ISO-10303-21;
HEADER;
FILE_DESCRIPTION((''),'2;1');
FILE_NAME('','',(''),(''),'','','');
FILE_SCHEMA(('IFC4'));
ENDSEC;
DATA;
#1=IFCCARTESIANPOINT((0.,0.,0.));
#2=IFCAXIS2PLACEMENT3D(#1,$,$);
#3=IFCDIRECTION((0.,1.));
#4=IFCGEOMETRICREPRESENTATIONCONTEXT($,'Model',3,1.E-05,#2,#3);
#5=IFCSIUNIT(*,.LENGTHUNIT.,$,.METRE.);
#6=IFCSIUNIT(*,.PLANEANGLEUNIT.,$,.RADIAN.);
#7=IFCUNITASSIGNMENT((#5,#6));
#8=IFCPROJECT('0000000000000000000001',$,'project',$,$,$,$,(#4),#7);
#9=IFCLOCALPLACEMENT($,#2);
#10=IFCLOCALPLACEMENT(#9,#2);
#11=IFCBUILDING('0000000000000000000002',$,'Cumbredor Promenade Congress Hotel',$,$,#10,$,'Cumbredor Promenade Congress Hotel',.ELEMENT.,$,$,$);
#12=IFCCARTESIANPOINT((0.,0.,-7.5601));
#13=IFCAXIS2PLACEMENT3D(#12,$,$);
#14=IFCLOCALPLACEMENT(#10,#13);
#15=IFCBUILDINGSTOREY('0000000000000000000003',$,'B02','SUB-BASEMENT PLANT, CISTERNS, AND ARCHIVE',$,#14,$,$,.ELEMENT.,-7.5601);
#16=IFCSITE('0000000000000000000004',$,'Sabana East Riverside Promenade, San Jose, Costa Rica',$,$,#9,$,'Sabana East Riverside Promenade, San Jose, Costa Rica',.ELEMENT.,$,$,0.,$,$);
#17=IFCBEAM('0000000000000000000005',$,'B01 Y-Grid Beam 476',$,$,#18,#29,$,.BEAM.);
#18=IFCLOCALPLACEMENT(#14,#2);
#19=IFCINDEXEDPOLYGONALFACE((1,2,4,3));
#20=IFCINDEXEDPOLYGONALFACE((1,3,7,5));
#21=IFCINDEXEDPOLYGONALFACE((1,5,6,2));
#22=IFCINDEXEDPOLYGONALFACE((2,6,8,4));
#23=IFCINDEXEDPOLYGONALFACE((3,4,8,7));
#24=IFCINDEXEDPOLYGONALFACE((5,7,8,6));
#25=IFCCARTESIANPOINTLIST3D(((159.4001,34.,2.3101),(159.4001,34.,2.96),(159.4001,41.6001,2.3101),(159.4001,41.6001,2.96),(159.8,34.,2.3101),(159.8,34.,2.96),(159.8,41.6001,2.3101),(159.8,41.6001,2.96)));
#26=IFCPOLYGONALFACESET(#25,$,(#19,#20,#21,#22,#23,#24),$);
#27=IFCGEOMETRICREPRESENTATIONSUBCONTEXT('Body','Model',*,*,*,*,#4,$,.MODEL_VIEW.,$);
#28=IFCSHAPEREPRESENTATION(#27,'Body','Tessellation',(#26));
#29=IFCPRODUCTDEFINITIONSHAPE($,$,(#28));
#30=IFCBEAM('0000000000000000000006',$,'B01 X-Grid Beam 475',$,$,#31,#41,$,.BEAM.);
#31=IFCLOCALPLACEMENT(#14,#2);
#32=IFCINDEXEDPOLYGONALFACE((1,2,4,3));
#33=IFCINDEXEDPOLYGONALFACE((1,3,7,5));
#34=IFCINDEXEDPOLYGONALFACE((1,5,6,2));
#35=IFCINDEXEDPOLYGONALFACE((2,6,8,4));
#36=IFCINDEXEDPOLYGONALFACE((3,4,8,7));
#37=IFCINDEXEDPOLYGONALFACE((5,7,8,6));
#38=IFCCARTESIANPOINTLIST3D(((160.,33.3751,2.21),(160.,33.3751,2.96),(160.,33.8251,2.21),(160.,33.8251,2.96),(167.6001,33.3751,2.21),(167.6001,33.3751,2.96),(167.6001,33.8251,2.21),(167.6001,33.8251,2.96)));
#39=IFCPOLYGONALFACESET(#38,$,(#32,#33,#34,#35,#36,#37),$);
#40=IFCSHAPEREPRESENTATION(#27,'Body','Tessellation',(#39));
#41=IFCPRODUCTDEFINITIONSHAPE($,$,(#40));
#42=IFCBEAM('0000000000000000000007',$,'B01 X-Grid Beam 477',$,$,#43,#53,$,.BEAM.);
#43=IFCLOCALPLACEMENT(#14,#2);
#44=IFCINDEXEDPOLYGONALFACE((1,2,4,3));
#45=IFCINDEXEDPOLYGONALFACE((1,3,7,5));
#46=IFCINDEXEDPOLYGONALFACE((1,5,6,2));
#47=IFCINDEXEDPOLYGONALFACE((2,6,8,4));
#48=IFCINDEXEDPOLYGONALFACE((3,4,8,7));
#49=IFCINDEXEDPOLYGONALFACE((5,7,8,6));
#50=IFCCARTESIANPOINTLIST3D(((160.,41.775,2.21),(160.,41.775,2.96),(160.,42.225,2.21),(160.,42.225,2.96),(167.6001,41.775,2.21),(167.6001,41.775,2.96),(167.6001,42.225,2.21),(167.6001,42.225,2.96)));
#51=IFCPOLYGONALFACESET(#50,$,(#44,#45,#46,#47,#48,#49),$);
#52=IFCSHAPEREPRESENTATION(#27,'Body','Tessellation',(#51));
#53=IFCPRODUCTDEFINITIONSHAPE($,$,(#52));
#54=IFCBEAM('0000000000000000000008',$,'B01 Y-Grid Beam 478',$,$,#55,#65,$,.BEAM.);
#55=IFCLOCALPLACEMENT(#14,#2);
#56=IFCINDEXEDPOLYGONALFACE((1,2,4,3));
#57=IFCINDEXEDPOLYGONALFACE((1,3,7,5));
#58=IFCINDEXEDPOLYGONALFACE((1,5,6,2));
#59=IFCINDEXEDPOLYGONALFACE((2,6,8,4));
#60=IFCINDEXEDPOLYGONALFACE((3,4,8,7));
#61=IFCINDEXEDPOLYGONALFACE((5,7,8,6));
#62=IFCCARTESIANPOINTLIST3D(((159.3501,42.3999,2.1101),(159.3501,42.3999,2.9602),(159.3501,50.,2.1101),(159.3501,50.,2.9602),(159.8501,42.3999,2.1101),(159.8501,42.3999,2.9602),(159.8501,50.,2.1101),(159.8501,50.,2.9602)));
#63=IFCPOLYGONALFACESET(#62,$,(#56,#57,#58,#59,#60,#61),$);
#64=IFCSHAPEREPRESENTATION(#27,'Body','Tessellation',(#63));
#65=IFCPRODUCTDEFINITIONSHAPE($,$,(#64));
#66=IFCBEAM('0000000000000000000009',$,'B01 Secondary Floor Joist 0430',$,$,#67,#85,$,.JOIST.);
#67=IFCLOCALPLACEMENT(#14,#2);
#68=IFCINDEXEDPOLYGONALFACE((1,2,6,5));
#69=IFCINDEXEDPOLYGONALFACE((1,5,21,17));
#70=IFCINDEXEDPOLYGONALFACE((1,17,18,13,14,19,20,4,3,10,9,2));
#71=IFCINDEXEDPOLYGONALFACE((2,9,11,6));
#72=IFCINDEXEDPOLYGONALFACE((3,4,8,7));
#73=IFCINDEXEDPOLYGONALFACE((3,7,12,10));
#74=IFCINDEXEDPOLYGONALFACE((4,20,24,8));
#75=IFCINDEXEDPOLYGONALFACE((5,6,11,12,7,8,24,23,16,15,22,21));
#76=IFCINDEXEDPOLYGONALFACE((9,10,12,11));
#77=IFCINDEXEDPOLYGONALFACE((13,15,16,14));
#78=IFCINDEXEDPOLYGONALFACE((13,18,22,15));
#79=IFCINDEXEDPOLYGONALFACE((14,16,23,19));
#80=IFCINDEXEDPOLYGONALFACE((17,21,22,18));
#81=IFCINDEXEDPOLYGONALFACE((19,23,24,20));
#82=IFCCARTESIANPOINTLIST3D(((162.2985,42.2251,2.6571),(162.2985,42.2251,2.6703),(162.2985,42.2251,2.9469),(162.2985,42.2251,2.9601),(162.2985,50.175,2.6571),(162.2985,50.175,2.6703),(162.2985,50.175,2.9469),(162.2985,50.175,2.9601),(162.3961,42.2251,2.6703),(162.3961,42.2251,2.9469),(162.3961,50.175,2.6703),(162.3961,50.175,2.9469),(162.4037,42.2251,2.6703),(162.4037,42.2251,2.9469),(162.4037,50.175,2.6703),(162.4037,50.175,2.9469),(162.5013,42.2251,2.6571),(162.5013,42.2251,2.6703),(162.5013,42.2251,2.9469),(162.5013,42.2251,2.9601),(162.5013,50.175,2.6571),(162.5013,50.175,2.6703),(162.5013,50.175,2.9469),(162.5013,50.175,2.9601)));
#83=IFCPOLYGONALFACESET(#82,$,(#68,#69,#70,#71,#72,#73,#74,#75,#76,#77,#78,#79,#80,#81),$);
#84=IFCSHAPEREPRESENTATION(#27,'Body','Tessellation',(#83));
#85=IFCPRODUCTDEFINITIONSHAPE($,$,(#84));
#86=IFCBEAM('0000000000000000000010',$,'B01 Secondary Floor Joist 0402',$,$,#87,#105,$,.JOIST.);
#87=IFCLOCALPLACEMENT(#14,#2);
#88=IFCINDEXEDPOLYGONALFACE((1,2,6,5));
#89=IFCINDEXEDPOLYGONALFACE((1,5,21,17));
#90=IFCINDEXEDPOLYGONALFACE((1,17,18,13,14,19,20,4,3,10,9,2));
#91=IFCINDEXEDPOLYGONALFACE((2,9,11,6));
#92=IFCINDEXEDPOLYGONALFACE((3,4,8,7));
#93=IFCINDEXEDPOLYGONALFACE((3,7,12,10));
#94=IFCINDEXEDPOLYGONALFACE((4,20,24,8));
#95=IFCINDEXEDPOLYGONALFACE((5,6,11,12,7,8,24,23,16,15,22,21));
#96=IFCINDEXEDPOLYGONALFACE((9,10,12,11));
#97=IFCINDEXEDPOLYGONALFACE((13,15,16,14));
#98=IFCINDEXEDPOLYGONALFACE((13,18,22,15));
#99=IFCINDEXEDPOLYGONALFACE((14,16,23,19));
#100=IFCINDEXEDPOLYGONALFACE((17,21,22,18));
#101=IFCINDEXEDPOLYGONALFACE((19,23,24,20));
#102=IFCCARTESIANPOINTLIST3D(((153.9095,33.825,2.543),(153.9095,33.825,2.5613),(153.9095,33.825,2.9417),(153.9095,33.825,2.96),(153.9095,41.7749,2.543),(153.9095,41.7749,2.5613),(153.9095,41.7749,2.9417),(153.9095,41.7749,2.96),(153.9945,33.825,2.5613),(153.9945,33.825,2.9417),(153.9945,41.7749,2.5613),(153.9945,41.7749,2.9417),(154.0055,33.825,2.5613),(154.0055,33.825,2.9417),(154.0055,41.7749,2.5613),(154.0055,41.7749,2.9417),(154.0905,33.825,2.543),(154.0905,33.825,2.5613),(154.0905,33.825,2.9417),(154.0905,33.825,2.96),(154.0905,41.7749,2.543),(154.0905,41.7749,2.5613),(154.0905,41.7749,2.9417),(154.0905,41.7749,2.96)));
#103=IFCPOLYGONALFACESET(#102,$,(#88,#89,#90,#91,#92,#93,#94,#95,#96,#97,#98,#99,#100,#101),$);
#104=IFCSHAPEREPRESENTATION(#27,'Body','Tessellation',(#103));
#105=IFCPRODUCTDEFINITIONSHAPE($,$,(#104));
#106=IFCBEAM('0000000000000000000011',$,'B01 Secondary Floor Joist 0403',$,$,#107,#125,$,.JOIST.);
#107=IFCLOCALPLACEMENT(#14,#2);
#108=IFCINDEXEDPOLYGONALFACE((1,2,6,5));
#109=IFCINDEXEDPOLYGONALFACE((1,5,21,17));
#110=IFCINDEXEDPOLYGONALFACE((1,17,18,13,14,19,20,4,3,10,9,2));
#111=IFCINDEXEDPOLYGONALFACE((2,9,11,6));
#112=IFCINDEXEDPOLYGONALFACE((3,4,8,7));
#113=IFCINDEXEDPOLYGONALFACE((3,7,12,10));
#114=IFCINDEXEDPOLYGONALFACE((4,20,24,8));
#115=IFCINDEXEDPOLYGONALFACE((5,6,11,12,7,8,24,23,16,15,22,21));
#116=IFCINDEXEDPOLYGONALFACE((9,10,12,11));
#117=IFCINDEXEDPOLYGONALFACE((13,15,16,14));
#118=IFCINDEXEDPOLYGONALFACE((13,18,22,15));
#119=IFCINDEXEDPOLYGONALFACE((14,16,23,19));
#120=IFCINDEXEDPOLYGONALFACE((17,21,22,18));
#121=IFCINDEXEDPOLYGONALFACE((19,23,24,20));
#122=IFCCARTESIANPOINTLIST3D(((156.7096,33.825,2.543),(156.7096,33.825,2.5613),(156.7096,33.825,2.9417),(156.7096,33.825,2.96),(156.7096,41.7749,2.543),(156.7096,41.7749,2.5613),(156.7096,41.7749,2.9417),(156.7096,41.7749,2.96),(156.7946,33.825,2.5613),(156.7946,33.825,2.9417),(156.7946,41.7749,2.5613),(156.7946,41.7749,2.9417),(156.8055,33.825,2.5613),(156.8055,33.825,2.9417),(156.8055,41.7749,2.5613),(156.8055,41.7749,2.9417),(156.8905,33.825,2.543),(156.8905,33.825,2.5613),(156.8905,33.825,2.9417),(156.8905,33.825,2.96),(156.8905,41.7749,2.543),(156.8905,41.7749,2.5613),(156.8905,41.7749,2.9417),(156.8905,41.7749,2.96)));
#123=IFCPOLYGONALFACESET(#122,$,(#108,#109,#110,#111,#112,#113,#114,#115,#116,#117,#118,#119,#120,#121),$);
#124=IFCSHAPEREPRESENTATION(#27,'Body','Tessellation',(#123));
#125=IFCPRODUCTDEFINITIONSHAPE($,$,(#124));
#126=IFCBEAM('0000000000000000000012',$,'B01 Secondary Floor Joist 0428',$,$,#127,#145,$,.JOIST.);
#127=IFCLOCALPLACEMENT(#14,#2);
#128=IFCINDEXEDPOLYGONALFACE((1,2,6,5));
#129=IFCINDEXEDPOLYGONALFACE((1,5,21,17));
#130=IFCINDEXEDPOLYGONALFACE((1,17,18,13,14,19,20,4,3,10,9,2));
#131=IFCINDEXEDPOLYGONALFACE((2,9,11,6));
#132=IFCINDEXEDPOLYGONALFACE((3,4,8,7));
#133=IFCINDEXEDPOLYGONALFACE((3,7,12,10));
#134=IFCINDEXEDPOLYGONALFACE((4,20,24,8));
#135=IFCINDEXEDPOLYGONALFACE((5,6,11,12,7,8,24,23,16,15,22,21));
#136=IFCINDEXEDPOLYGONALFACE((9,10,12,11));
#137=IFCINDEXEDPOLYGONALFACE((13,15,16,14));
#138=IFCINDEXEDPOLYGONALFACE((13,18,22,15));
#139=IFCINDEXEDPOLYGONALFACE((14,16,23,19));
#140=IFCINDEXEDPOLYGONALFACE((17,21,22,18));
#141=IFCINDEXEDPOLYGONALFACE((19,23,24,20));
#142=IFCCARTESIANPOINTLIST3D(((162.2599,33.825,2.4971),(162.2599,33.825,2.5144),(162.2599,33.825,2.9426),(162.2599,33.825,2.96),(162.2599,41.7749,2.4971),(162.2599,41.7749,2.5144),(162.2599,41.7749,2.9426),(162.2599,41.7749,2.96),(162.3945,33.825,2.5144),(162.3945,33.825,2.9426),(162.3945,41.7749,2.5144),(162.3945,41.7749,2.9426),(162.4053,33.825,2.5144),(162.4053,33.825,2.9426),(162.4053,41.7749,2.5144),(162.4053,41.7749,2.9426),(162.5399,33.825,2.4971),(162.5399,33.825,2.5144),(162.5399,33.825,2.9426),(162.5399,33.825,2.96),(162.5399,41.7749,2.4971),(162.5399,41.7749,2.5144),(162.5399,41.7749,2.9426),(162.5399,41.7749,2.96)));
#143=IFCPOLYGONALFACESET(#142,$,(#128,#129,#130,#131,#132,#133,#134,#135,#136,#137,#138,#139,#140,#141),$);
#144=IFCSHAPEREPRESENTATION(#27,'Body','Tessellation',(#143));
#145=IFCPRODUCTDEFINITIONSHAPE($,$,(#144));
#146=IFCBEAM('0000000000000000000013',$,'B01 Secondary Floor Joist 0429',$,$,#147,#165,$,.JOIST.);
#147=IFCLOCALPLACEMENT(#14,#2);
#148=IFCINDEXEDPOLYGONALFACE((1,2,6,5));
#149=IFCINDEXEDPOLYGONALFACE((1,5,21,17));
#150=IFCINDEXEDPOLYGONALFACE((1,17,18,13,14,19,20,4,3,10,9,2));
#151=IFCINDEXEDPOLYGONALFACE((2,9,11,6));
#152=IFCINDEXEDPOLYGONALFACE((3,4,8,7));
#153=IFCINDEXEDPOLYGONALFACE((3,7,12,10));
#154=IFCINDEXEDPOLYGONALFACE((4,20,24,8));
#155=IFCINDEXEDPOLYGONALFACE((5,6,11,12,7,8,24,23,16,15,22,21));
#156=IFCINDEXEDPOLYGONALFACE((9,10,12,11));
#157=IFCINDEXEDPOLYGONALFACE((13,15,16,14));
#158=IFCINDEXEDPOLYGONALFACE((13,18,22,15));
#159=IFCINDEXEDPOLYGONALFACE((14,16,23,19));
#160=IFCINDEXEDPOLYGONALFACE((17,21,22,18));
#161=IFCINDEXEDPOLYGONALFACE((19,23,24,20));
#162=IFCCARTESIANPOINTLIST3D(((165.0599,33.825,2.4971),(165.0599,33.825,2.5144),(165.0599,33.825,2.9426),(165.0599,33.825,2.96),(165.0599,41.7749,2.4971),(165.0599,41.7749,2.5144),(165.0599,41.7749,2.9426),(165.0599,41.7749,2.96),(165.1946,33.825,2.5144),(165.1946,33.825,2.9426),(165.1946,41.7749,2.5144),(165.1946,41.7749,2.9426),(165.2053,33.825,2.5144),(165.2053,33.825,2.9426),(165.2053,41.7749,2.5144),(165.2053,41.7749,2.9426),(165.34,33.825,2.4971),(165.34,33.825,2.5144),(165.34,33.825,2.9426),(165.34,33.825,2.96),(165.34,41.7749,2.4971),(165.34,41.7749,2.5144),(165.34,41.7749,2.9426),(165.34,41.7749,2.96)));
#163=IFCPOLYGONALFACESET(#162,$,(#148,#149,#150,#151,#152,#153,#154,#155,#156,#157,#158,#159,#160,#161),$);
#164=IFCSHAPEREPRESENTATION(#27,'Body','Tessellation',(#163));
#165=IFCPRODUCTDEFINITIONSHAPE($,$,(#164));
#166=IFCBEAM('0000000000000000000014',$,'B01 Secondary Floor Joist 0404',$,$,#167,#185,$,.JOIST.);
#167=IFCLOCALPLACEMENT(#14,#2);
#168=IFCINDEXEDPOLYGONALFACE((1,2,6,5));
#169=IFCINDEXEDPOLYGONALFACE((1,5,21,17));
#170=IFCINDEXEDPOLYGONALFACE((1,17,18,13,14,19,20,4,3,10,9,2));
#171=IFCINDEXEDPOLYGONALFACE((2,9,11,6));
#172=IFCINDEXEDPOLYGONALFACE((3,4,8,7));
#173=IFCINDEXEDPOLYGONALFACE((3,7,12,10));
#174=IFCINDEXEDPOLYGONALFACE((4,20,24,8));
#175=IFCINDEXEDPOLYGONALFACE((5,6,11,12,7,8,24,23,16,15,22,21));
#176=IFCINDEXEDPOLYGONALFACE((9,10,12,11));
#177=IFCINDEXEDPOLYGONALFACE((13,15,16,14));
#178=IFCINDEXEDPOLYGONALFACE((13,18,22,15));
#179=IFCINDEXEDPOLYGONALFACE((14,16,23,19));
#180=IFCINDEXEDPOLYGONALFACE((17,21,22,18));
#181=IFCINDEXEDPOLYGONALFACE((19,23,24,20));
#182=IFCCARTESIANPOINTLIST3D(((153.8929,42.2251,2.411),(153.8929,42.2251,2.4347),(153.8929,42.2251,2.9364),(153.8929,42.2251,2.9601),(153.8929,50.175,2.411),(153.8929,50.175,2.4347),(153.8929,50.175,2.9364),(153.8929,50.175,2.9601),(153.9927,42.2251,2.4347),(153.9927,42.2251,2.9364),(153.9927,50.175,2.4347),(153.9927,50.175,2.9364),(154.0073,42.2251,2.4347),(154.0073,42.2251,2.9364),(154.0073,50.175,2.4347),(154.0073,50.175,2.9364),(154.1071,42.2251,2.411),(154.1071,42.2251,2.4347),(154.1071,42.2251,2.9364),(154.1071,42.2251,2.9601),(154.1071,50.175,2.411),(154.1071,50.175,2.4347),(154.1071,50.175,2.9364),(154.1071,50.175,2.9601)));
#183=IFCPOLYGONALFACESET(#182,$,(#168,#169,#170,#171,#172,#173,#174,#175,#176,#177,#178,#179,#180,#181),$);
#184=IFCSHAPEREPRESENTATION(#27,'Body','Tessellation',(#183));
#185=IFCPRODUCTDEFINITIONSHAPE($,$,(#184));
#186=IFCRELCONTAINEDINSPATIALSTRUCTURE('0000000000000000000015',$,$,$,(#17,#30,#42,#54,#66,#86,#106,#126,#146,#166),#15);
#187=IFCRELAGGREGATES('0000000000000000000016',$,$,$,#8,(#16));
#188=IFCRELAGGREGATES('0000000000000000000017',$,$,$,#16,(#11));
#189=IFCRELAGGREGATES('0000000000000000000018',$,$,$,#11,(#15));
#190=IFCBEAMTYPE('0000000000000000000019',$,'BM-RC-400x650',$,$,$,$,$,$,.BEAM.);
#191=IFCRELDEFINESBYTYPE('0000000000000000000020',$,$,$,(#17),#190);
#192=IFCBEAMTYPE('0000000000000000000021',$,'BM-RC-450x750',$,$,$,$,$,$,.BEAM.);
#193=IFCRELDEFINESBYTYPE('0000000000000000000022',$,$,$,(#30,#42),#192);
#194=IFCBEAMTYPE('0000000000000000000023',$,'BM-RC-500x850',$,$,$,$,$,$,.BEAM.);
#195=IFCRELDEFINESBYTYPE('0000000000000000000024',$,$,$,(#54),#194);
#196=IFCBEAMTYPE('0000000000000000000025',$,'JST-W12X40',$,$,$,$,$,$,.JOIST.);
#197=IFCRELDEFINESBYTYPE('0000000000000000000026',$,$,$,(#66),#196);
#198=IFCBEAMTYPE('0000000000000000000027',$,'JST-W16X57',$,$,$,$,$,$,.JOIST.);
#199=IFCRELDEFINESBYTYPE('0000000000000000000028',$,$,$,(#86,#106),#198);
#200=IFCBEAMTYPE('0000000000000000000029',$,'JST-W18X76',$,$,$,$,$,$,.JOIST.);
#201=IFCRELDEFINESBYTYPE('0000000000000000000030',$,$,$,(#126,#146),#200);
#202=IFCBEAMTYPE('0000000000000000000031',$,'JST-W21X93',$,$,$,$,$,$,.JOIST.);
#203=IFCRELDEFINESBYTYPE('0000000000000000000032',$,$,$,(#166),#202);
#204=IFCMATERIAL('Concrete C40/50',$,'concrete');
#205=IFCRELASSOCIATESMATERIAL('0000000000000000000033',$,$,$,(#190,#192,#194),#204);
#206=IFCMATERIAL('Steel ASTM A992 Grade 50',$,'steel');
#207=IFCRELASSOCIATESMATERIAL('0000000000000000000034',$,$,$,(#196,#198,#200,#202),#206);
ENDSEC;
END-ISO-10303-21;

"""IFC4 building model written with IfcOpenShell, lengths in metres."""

from ifc_helpers import new_model, si_unit, direction, frame, origin, origin_2d, place, context, subcontext, project, spatial, rectangle, i_section, extrude, material, material_profile, profile_set, type_object, element, save


model = new_model("IFC4")

# Units and contexts
model_context = context("Model", 3, precision=1e-05, world=origin(), true_north=direction((0.0, 1.0)))
body_context = subcontext(model_context, "Body", "Model", "MODEL_VIEW")
ifc_project = project(units=[si_unit("LENGTHUNIT", "METRE"), si_unit("PLANEANGLEUNIT", "RADIAN")], contexts=[model_context])

# Site, building, storey
site_placement = place(None, origin())
site = spatial("IfcSite", under=ifc_project, at=site_placement, Name="Sabana East Riverside Promenade, San Jose, Costa Rica", LongName="Sabana East Riverside Promenade, San Jose, Costa Rica", CompositionType="ELEMENT", RefElevation=0.0)
building_placement = place(site_placement, origin())
building = spatial("IfcBuilding", under=site, at=building_placement, Name="Cumbredor Promenade Congress Hotel", LongName="Cumbredor Promenade Congress Hotel", CompositionType="ELEMENT")
storey_placement = place(building_placement, frame((0.0, 0.0, -7.5601)))
storey = spatial("IfcBuildingStorey", under=building, at=storey_placement, Name="B02", Description="SUB-BASEMENT PLANT, CISTERNS, AND ARCHIVE", CompositionType="ELEMENT", Elevation=-7.5601)

# Shared definitions
ifc_material_1 = material(Name="Concrete C40/50", Category="concrete")

# Beams
ifc_material_profile_1 = material_profile(ifc_material_1, rectangle(XDim=0.3999, YDim=0.6499, at=origin_2d()), Name="RC BEAM 400x650")
ifc_profile_set_1 = profile_set([ifc_material_profile_1], Name="Concrete C40/50")
beam_type_1 = type_object("IfcBeamType", Name="BM-RC-400x650", PredefinedType="BEAM", material=ifc_profile_set_1)
beam_1_placement = place(storey_placement, frame((159.6001, 34.0, 2.635), z_axis=(0.0, 1.0, 0.0), x_axis=(-1.0, 0.0, 0.0)))
element("IfcBeam", 1, at=beam_1_placement, inside=storey, type_object=beam_type_1, Name="B01 Y-Grid Beam 476", PredefinedType="BEAM", context=body_context, shape_type="SweptSolid", body=[
    extrude(rectangle(XDim=0.3999, YDim=0.6499, at=origin_2d()), origin(), (0.0, 0.0, 1.0), 7.6001),
])
ifc_material_profile_2 = material_profile(ifc_material_1, rectangle(XDim=0.45, YDim=0.75, at=origin_2d()), Name="RC BEAM 450x750")
ifc_profile_set_2 = profile_set([ifc_material_profile_2], Name="Concrete C40/50")
beam_type_2 = type_object("IfcBeamType", Name="BM-RC-450x750", PredefinedType="BEAM", material=ifc_profile_set_2)
for number, where, z_axis, x_axis, name in (
    (2, (160.0, 33.6001, 2.585), (1.0, 0.0, 0.0), (0.0, 1.0, 0.0), "B01 X-Grid Beam 475"),
    (3, (160.0, 42.0, 2.585), (1.0, 0.0, 0.0), (0.0, 1.0, 0.0), "B01 X-Grid Beam 477"),
):
    element("IfcBeam", number, at=place(storey_placement, frame(where, z_axis=z_axis, x_axis=x_axis)), inside=storey, type_object=beam_type_2, Name=name, PredefinedType="BEAM", context=body_context, shape_type="SweptSolid", body=[
        extrude(rectangle(XDim=0.45, YDim=0.75, at=origin_2d()), origin(), (0.0, 0.0, 1.0), 7.6001),
    ])
ifc_material_profile_3 = material_profile(ifc_material_1, rectangle(XDim=0.5, YDim=0.8501, at=origin_2d()), Name="RC BEAM 500x850")
ifc_profile_set_3 = profile_set([ifc_material_profile_3], Name="Concrete C40/50")
beam_type_3 = type_object("IfcBeamType", Name="BM-RC-500x850", PredefinedType="BEAM", material=ifc_profile_set_3)
beam_2_placement = place(storey_placement, frame((159.6001, 42.3999, 2.5352), z_axis=(0.0, 1.0, 0.0), x_axis=(-1.0, 0.0, 0.0)))
element("IfcBeam", 4, at=beam_2_placement, inside=storey, type_object=beam_type_3, Name="B01 Y-Grid Beam 478", PredefinedType="BEAM", context=body_context, shape_type="SweptSolid", body=[
    extrude(rectangle(XDim=0.5, YDim=0.8501, at=origin_2d()), origin(), (0.0, 0.0, 1.0), 7.6001),
])
ifc_material_2 = material(Name="Steel ASTM A992 Grade 50", Category="steel")
ifc_material_profile_4 = material_profile(ifc_material_2, i_section(OverallWidth=0.2029, OverallDepth=0.303, WebThickness=0.0076, FlangeThickness=0.0132, at=origin_2d()), Name="W12X40")
ifc_profile_set_4 = profile_set([ifc_material_profile_4], Name="Steel ASTM A992 Grade 50")
beam_type_4 = type_object("IfcBeamType", Name="JST-W12X40", PredefinedType="JOIST", material=ifc_profile_set_4)
beam_3_placement = place(storey_placement, frame((162.3999, 42.2251, 2.8086), z_axis=(0.0, 1.0, 0.0), x_axis=(-1.0, 0.0, 0.0)))
element("IfcBeam", 5, at=beam_3_placement, inside=storey, type_object=beam_type_4, Name="B01 Secondary Floor Joist 0430", PredefinedType="JOIST", context=body_context, shape_type="SweptSolid", body=[
    extrude(i_section(OverallWidth=0.2029, OverallDepth=0.303, WebThickness=0.0076, FlangeThickness=0.0132, at=origin_2d()), origin(), (0.0, 0.0, 1.0), 7.95),
])
ifc_material_profile_5 = material_profile(ifc_material_2, i_section(OverallWidth=0.1809, OverallDepth=0.417, WebThickness=0.011, FlangeThickness=0.0183, at=origin_2d()), Name="W16X57")
ifc_profile_set_5 = profile_set([ifc_material_profile_5], Name="Steel ASTM A992 Grade 50")
beam_type_5 = type_object("IfcBeamType", Name="JST-W16X57", PredefinedType="JOIST", material=ifc_profile_set_5)
for number, where, z_axis, x_axis, name in (
    (6, (154.0, 33.825, 2.7515), (0.0, 1.0, 0.0), (-1.0, 0.0, 0.0), "B01 Secondary Floor Joist 0402"),
    (7, (156.8, 33.825, 2.7515), (0.0, 1.0, 0.0), (-1.0, 0.0, 0.0), "B01 Secondary Floor Joist 0403"),
):
    element("IfcBeam", number, at=place(storey_placement, frame(where, z_axis=z_axis, x_axis=x_axis)), inside=storey, type_object=beam_type_5, Name=name, PredefinedType="JOIST", context=body_context, shape_type="SweptSolid", body=[
        extrude(i_section(OverallWidth=0.1809, OverallDepth=0.417, WebThickness=0.011, FlangeThickness=0.0183, at=origin_2d()), origin(), (0.0, 0.0, 1.0), 7.95),
    ])
ifc_material_profile_6 = material_profile(ifc_material_2, i_section(OverallWidth=0.28, OverallDepth=0.4629, WebThickness=0.0107, FlangeThickness=0.0173, at=origin_2d()), Name="W18X76")
ifc_profile_set_6 = profile_set([ifc_material_profile_6], Name="Steel ASTM A992 Grade 50")
beam_type_6 = type_object("IfcBeamType", Name="JST-W18X76", PredefinedType="JOIST", material=ifc_profile_set_6)
for number, where, z_axis, x_axis, name in (
    (8, (162.3999, 33.825, 2.7285), (0.0, 1.0, 0.0), (-1.0, 0.0, 0.0), "B01 Secondary Floor Joist 0428"),
    (9, (165.2, 33.825, 2.7285), (0.0, 1.0, 0.0), (-1.0, 0.0, 0.0), "B01 Secondary Floor Joist 0429"),
):
    element("IfcBeam", number, at=place(storey_placement, frame(where, z_axis=z_axis, x_axis=x_axis)), inside=storey, type_object=beam_type_6, Name=name, PredefinedType="JOIST", context=body_context, shape_type="SweptSolid", body=[
        extrude(i_section(OverallWidth=0.28, OverallDepth=0.4629, WebThickness=0.0107, FlangeThickness=0.0173, at=origin_2d()), origin(), (0.0, 0.0, 1.0), 7.95),
    ])
ifc_material_profile_7 = material_profile(ifc_material_2, i_section(OverallWidth=0.2141, OverallDepth=0.5491, WebThickness=0.0146, FlangeThickness=0.0237, at=origin_2d()), Name="W21X93")
ifc_profile_set_7 = profile_set([ifc_material_profile_7], Name="Steel ASTM A992 Grade 50")
beam_type_7 = type_object("IfcBeamType", Name="JST-W21X93", PredefinedType="JOIST", material=ifc_profile_set_7)
for number, where, z_axis, x_axis, name in (
    (10, (154.0, 42.2251, 2.6855), (0.0, 1.0, 0.0), (-1.0, 0.0, 0.0), "B01 Secondary Floor Joist 0404"),
):
    element("IfcBeam", number, at=place(storey_placement, frame(where, z_axis=z_axis, x_axis=x_axis)), inside=storey, type_object=beam_type_7, Name=name, PredefinedType="JOIST", context=body_context, shape_type="SweptSolid", body=[
        extrude(i_section(OverallWidth=0.2141, OverallDepth=0.5491, WebThickness=0.0146, FlangeThickness=0.0237, at=origin_2d()), origin(), (0.0, 0.0, 1.0), 7.95),
    ])

save(model, "model.ifc")
